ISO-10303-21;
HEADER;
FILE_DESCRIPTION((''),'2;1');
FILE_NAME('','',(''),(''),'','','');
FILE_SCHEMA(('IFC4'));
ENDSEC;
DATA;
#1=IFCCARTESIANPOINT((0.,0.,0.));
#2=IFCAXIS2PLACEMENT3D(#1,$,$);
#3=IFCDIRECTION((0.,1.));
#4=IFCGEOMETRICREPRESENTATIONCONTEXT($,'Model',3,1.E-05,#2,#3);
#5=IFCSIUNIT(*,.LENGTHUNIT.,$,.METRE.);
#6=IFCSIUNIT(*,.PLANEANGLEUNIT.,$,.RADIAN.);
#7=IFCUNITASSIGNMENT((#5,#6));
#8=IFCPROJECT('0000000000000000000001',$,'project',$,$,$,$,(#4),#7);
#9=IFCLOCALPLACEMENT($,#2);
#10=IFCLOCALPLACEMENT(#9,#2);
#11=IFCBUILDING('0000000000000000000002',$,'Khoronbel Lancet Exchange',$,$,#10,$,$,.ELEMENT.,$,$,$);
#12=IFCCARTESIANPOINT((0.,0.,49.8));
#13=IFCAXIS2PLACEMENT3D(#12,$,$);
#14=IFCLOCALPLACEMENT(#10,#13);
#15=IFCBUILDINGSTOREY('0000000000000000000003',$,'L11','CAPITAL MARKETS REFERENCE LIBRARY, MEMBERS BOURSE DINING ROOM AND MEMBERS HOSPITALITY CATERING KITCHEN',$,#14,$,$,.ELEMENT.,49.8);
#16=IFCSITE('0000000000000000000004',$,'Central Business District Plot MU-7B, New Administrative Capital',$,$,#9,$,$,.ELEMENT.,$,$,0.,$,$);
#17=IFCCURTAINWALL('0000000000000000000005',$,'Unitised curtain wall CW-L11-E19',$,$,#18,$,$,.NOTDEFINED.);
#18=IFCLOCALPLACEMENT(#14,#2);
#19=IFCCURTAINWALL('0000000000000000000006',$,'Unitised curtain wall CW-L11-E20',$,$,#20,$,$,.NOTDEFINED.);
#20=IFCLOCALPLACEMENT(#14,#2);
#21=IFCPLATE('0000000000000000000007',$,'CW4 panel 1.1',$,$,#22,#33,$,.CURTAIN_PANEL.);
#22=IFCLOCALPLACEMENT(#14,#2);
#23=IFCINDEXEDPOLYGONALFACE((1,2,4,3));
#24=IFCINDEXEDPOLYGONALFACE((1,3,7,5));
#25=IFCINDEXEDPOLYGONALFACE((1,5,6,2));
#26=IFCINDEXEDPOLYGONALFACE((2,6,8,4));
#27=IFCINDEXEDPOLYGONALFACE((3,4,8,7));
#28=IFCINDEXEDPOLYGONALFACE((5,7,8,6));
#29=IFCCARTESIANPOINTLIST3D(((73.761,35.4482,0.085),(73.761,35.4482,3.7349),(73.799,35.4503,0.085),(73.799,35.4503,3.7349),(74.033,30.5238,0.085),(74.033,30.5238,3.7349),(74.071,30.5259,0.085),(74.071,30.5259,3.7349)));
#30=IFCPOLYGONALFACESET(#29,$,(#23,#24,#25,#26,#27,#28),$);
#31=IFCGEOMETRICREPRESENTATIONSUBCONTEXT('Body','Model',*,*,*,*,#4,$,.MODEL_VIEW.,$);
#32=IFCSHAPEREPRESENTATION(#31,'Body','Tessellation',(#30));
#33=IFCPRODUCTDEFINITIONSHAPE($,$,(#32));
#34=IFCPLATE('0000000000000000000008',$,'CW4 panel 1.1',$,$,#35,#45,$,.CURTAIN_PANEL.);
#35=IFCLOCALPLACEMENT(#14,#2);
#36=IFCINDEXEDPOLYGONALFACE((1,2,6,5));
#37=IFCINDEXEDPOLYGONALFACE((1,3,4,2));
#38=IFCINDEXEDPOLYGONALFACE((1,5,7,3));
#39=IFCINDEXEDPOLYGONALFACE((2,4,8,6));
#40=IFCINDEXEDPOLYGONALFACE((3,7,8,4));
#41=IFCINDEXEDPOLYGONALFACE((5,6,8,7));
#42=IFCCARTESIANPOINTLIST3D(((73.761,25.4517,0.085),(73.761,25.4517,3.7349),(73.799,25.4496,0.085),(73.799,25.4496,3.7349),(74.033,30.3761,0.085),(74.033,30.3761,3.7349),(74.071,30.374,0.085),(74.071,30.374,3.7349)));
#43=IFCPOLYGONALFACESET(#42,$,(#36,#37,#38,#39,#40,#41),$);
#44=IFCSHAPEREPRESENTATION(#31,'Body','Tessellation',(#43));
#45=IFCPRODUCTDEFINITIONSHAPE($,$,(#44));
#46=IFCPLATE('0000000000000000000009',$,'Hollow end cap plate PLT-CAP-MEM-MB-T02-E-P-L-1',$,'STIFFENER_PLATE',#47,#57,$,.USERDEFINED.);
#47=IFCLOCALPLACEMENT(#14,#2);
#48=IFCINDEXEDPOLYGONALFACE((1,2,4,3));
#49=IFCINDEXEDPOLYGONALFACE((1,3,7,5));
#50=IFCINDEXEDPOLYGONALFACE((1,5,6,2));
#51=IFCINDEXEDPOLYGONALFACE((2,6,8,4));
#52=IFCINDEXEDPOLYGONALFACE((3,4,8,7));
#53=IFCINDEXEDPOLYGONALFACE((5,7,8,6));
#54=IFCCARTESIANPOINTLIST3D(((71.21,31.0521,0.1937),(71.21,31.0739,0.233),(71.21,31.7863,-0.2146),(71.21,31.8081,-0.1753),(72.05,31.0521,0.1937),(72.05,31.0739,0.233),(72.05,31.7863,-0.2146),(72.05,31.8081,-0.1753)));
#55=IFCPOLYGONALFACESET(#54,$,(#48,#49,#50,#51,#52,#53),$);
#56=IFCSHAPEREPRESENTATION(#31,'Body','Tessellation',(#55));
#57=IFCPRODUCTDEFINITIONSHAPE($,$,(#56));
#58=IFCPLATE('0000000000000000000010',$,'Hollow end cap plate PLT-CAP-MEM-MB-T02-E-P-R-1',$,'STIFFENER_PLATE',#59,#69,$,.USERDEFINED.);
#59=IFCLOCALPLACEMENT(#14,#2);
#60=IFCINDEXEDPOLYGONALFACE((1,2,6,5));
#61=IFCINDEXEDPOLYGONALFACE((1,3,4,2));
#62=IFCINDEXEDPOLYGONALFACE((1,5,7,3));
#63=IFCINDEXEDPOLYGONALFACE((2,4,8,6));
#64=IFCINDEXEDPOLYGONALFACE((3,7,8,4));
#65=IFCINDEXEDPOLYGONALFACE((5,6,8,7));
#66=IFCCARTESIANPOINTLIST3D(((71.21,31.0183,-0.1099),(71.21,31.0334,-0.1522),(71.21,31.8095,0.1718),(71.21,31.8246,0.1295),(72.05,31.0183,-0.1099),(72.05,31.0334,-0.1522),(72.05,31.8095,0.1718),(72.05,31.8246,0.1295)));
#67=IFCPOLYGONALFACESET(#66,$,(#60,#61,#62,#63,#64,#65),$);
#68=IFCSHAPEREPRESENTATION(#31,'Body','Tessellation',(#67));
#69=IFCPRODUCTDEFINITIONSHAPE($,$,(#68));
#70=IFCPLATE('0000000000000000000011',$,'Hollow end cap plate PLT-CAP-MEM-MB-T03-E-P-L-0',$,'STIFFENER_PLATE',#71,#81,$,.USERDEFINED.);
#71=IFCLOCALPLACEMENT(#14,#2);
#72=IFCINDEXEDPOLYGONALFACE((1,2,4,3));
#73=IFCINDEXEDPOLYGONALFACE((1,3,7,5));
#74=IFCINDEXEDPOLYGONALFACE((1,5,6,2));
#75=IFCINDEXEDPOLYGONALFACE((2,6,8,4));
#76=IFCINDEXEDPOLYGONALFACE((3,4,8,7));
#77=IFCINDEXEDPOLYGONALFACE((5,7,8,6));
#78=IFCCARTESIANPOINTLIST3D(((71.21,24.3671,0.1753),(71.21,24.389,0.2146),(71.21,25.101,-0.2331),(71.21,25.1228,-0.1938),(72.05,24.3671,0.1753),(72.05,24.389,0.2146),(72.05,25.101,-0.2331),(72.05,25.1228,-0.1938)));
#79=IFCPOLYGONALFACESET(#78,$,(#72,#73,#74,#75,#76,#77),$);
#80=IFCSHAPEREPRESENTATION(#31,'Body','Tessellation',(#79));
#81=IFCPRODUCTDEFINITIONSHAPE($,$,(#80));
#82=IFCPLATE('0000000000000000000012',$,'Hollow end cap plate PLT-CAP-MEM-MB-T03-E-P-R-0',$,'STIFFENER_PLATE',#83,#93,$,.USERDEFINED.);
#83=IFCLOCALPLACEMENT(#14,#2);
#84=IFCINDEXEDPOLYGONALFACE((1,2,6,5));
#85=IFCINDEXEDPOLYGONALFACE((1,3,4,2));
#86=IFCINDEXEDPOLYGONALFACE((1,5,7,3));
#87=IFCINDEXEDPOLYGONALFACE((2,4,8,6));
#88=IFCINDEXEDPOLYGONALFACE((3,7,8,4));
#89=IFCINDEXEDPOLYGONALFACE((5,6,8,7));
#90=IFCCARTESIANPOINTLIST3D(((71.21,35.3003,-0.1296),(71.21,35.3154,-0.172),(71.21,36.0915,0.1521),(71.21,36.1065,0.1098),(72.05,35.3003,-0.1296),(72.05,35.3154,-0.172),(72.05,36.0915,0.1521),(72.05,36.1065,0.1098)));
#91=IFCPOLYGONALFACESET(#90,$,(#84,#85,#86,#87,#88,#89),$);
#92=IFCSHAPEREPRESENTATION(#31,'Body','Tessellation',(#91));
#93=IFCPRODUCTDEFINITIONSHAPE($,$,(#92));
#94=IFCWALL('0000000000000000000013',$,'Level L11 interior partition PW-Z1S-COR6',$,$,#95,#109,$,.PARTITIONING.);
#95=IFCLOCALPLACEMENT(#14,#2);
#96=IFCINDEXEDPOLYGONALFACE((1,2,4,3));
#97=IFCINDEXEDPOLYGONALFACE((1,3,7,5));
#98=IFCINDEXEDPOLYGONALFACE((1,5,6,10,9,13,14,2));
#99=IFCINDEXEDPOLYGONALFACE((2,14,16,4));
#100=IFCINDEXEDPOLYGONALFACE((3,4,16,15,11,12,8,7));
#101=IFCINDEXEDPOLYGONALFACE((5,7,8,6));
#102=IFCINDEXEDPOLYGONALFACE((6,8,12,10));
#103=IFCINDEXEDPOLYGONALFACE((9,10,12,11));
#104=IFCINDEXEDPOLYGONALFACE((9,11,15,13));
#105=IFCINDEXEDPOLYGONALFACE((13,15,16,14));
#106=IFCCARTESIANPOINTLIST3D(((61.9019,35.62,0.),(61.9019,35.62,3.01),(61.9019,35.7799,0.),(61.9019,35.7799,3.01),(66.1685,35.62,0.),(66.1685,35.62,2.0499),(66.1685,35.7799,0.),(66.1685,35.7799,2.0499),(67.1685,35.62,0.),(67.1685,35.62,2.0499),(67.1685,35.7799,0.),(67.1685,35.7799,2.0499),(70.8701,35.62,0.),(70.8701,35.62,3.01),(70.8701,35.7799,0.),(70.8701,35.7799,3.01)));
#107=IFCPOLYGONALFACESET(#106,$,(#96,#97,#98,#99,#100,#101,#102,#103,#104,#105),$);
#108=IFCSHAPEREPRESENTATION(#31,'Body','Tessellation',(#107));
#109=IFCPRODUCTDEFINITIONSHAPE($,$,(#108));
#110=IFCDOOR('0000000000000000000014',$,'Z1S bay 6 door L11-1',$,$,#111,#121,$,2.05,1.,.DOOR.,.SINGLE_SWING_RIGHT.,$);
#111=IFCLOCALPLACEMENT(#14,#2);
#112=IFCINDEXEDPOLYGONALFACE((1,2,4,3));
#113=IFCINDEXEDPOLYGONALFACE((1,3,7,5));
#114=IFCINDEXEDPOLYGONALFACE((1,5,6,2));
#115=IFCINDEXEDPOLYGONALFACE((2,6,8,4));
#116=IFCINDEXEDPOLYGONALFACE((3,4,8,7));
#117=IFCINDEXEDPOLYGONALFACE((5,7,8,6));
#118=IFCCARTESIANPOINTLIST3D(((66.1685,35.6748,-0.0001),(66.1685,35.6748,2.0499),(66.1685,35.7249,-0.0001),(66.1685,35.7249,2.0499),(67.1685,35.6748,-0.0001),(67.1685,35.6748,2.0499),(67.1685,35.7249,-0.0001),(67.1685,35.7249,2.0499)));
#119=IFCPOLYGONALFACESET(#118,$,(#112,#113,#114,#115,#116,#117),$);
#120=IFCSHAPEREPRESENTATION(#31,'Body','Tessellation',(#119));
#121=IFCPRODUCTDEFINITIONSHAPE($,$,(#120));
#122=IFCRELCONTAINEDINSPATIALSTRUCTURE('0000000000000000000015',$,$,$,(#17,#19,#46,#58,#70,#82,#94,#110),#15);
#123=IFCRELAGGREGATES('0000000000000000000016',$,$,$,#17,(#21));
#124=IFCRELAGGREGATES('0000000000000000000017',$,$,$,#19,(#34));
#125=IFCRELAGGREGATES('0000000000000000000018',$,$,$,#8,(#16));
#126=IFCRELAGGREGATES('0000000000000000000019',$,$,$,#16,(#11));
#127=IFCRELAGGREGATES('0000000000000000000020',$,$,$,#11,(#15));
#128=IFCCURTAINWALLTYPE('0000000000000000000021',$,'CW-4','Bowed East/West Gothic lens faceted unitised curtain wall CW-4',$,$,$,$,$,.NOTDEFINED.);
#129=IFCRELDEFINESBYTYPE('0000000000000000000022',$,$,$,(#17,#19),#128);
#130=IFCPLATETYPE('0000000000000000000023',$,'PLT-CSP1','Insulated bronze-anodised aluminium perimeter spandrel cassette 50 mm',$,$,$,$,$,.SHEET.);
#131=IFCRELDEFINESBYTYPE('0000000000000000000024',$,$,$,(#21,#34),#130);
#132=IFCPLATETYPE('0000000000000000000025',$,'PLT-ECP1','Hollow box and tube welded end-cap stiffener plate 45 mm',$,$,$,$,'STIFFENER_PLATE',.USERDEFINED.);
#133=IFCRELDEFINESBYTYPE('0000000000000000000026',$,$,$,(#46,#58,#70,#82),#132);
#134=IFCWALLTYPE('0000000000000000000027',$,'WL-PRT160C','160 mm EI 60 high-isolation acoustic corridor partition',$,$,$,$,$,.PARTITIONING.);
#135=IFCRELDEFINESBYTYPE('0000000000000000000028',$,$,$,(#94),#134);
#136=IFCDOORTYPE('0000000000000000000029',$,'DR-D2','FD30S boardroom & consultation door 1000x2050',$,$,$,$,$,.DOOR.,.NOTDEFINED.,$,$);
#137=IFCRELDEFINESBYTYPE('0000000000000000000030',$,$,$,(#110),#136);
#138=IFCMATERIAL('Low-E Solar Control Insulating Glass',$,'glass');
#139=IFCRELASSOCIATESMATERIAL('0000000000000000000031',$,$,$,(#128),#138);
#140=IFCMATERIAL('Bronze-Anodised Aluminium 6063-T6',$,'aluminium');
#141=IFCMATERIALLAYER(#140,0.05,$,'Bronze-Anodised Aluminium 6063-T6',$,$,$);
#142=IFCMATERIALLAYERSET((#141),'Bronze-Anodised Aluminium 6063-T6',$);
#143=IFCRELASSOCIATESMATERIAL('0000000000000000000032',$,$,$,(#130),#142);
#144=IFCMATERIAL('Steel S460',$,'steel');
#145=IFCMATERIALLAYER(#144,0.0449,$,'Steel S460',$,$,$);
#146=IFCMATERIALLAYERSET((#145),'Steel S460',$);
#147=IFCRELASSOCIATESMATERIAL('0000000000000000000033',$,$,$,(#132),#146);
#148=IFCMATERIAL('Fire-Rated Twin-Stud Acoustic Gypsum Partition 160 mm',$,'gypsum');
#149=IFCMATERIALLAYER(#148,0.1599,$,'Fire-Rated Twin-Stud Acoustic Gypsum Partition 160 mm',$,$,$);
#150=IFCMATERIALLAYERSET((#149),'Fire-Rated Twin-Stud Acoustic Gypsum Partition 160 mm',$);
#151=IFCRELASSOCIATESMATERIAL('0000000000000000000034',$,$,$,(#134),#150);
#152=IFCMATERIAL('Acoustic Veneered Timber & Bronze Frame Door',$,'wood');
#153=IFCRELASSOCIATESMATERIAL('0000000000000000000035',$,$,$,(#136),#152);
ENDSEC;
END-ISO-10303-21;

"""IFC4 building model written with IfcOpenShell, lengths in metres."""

from ifc_helpers import new_model, si_unit, direction, frame, frame_2d, origin, origin_2d, place, context, subcontext, project, spatial, polyline, rectangle, outline, extrude, material, layer, layer_set, type_object, element, fill, aggregate, save


model = new_model("IFC4")

# Units and contexts
model_context = context("Model", 3, precision=1e-05, world=origin(), true_north=direction((0.0, 1.0)))
body_context = subcontext(model_context, "Body", "Model", "MODEL_VIEW")
ifc_project = project(units=[si_unit("LENGTHUNIT", "METRE"), si_unit("PLANEANGLEUNIT", "RADIAN")], contexts=[model_context])

# Site, building, storey
site_placement = place(None, origin())
site = spatial("IfcSite", under=ifc_project, at=site_placement, Name="Central Business District Plot MU-7B, New Administrative Capital", CompositionType="ELEMENT", RefElevation=0.0)
building_placement = place(site_placement, origin())
building = spatial("IfcBuilding", under=site, at=building_placement, Name="Khoronbel Lancet Exchange", CompositionType="ELEMENT")
storey_placement = place(building_placement, frame((0.0, 0.0, 49.8)))
storey = spatial("IfcBuildingStorey", under=building, at=storey_placement, Name="L11", Description="CAPITAL MARKETS REFERENCE LIBRARY, MEMBERS BOURSE DINING ROOM AND MEMBERS HOSPITALITY CATERING KITCHEN", CompositionType="ELEMENT", Elevation=49.8)

# Shared definitions
ifc_material_1 = material(Name="Low-E Solar Control Insulating Glass", Category="glass")
curtain_wall_type = type_object("IfcCurtainWallType", Name="CW-4", Description="Bowed East/West Gothic lens faceted unitised curtain wall CW-4", PredefinedType="NOTDEFINED", material=ifc_material_1)
ifc_material_2 = material(Name="Bronze-Anodised Aluminium 6063-T6", Category="aluminium")

# Curtain walls
curtain_wall_1_placement = place(storey_placement, origin())
curtain_wall_1 = element("IfcCurtainWall", 1, at=curtain_wall_1_placement, inside=storey, type_object=curtain_wall_type, Name="Unitised curtain wall CW-L11-E19", PredefinedType="NOTDEFINED")
curtain_wall_2_placement = place(storey_placement, origin())
curtain_wall_2 = element("IfcCurtainWall", 2, at=curtain_wall_2_placement, inside=storey, type_object=curtain_wall_type, Name="Unitised curtain wall CW-L11-E20", PredefinedType="NOTDEFINED")

# Shared definitions
ifc_material_3 = material(Name="Steel S460", Category="steel")

# Plates
ifc_layer_1 = layer(ifc_material_2, 0.05, Name="Bronze-Anodised Aluminium 6063-T6")
ifc_layer_set_1 = layer_set([ifc_layer_1], Name="Bronze-Anodised Aluminium 6063-T6")
plate_type_1 = type_object("IfcPlateType", Name="PLT-CSP1", Description="Insulated bronze-anodised aluminium perimeter spandrel cassette 50 mm", PredefinedType="SHEET", material=ifc_layer_set_1)
plate_1_placement = place(storey_placement, frame((73.916, 32.9871, 0.085), z_axis=(0.0, 0.0, 1.0), x_axis=(0.055157, -0.998478, 0.0)))
plate_1 = element("IfcPlate", 3, at=plate_1_placement, type_object=plate_type_1, Name="CW4 panel 1.1", PredefinedType="CURTAIN_PANEL", context=body_context, shape_type="SweptSolid", body=[
    extrude(rectangle(XDim=4.9319, YDim=0.0381, at=origin_2d()), origin(), (0.0, 0.0, 1.0), 3.6499),
])
aggregate(curtain_wall_1, [plate_1])
plate_2_placement = place(storey_placement, frame((73.916, 27.9128, 0.085), z_axis=(0.0, 0.0, 1.0), x_axis=(-0.055157, -0.998478, 0.0)))
plate_2 = element("IfcPlate", 4, at=plate_2_placement, type_object=plate_type_1, Name="CW4 panel 1.1", PredefinedType="CURTAIN_PANEL", context=body_context, shape_type="SweptSolid", body=[
    extrude(rectangle(XDim=4.9319, YDim=0.0381, at=origin_2d()), origin(), (0.0, 0.0, 1.0), 3.6499),
])
aggregate(curtain_wall_2, [plate_2])

# Plates
ifc_layer_2 = layer(ifc_material_3, 0.0449, Name="Steel S460")
ifc_layer_set_2 = layer_set([ifc_layer_2], Name="Steel S460")
plate_type_2 = type_object("IfcPlateType", Name="PLT-ECP1", Description="Hollow box and tube welded end-cap stiffener plate 45 mm", ElementType="STIFFENER_PLATE", PredefinedType="USERDEFINED", material=ifc_layer_set_2)
plate_3_placement = place(storey_placement, frame((72.05, 31.8081, -0.1753), z_axis=(0.0, 0.485964, 0.873979), x_axis=(-1.0, 0.0, 0.0)))
element("IfcPlate", 5, at=plate_3_placement, inside=storey, type_object=plate_type_2, Name="Hollow end cap plate PLT-CAP-MEM-MB-T02-E-P-L-1", ObjectType="STIFFENER_PLATE", PredefinedType="USERDEFINED", context=body_context, shape_type="SweptSolid", body=[
    extrude(outline(polyline([(0.0, 0.0), (0.8401, 0.0), (0.8401, 0.8401), (0.0, 0.8401), (0.0, 0.0)])), origin(), (0.0, 0.0, -1.0), 0.0449),
])
for number, where, z_axis, x_axis, name in (
    (6, (71.21, 31.0183, -0.1099), (0.0, -0.335434, 0.942064), (1.0, 0.0, 0.0), "Hollow end cap plate PLT-CAP-MEM-MB-T02-E-P-R-1"),
    (7, (72.05, 25.1228, -0.1938), (0.0, 0.486309, 0.873787), (-1.0, 0.0, 0.0), "Hollow end cap plate PLT-CAP-MEM-MB-T03-E-P-L-0"),
    (8, (71.21, 35.3003, -0.1296), (0.0, -0.335434, 0.942064), (1.0, 0.0, 0.0), "Hollow end cap plate PLT-CAP-MEM-MB-T03-E-P-R-0"),
):
    element("IfcPlate", number, at=place(storey_placement, frame(where, z_axis=z_axis, x_axis=x_axis)), inside=storey, type_object=plate_type_2, Name=name, ObjectType="STIFFENER_PLATE", PredefinedType="USERDEFINED", context=body_context, shape_type="SweptSolid", body=[
        extrude(outline(polyline([(0.0, 0.0), (0.8401, 0.0), (0.8401, 0.8398), (0.0, 0.8398), (0.0, 0.0)])), origin(), (0.0, 0.0, -1.0), 0.0449),
    ])

# Wall, opening, door
ifc_material_4 = material(Name="Fire-Rated Twin-Stud Acoustic Gypsum Partition 160 mm", Category="gypsum")
ifc_layer_3 = layer(ifc_material_4, 0.1599, Name="Fire-Rated Twin-Stud Acoustic Gypsum Partition 160 mm")
ifc_layer_set_3 = layer_set([ifc_layer_3], Name="Fire-Rated Twin-Stud Acoustic Gypsum Partition 160 mm")
wall_type = type_object("IfcWallType", Name="WL-PRT160C", Description="160 mm EI 60 high-isolation acoustic corridor partition", PredefinedType="PARTITIONING", material=ifc_layer_set_3)
wall_placement = place(storey_placement, frame((61.9019, 35.7, 0.0), z_axis=(0.0, 0.0, 1.0), x_axis=(1.0, 0.0, 0.0)))
wall = element("IfcWall", 9, at=wall_placement, inside=storey, type_object=wall_type, Name="Level L11 interior partition PW-Z1S-COR6", PredefinedType="PARTITIONING", context=body_context, shape_type="SweptSolid", body=[
    extrude(rectangle(XDim=8.9683, YDim=0.1599, at=frame_2d((4.4841, 0.0))), origin(), (0.0, 0.0, 1.0), 3.01),
])
opening_placement = place(wall_placement, frame((4.2666, 0.0, 0.0)))
opening = element("IfcOpeningElement", 10, at=opening_placement, cuts=wall, PredefinedType="OPENING", context=body_context, shape_type="SweptSolid", body=[
    extrude(rectangle(XDim=1.0, YDim=2.05, at=frame_2d((0.5, 1.0249))), frame((0.0, 0.0898, 0.0), z_axis=(0.0, -1.0, 0.0), x_axis=(1.0, 0.0, 0.0)), (0.0, 0.0, 1.0), 0.1799),
])
ifc_material_5 = material(Name="Acoustic Veneered Timber & Bronze Frame Door", Category="wood")
door_type = type_object("IfcDoorType", Name="DR-D2", Description="FD30S boardroom & consultation door 1000x2050", OperationType="NOTDEFINED", PredefinedType="DOOR", material=ifc_material_5)
door_placement = place(opening_placement, origin())
door = element("IfcDoor", 11, at=door_placement, inside=storey, type_object=door_type, Name="Z1S bay 6 door L11-1", OperationType="SINGLE_SWING_RIGHT", OverallHeight=2.05, OverallWidth=1.0, PredefinedType="DOOR", context=body_context, shape_type="SweptSolid", body=[
    extrude(rectangle(XDim=1.0, YDim=2.05, at=frame_2d((0.5, 1.0249))), frame((0.0, 0.0249, 0.0), z_axis=(0.0, -1.0, 0.0), x_axis=(1.0, 0.0, 0.0)), (0.0, 0.0, 1.0), 0.05),
])
fill(opening, door)

save(model, "model.ifc")
